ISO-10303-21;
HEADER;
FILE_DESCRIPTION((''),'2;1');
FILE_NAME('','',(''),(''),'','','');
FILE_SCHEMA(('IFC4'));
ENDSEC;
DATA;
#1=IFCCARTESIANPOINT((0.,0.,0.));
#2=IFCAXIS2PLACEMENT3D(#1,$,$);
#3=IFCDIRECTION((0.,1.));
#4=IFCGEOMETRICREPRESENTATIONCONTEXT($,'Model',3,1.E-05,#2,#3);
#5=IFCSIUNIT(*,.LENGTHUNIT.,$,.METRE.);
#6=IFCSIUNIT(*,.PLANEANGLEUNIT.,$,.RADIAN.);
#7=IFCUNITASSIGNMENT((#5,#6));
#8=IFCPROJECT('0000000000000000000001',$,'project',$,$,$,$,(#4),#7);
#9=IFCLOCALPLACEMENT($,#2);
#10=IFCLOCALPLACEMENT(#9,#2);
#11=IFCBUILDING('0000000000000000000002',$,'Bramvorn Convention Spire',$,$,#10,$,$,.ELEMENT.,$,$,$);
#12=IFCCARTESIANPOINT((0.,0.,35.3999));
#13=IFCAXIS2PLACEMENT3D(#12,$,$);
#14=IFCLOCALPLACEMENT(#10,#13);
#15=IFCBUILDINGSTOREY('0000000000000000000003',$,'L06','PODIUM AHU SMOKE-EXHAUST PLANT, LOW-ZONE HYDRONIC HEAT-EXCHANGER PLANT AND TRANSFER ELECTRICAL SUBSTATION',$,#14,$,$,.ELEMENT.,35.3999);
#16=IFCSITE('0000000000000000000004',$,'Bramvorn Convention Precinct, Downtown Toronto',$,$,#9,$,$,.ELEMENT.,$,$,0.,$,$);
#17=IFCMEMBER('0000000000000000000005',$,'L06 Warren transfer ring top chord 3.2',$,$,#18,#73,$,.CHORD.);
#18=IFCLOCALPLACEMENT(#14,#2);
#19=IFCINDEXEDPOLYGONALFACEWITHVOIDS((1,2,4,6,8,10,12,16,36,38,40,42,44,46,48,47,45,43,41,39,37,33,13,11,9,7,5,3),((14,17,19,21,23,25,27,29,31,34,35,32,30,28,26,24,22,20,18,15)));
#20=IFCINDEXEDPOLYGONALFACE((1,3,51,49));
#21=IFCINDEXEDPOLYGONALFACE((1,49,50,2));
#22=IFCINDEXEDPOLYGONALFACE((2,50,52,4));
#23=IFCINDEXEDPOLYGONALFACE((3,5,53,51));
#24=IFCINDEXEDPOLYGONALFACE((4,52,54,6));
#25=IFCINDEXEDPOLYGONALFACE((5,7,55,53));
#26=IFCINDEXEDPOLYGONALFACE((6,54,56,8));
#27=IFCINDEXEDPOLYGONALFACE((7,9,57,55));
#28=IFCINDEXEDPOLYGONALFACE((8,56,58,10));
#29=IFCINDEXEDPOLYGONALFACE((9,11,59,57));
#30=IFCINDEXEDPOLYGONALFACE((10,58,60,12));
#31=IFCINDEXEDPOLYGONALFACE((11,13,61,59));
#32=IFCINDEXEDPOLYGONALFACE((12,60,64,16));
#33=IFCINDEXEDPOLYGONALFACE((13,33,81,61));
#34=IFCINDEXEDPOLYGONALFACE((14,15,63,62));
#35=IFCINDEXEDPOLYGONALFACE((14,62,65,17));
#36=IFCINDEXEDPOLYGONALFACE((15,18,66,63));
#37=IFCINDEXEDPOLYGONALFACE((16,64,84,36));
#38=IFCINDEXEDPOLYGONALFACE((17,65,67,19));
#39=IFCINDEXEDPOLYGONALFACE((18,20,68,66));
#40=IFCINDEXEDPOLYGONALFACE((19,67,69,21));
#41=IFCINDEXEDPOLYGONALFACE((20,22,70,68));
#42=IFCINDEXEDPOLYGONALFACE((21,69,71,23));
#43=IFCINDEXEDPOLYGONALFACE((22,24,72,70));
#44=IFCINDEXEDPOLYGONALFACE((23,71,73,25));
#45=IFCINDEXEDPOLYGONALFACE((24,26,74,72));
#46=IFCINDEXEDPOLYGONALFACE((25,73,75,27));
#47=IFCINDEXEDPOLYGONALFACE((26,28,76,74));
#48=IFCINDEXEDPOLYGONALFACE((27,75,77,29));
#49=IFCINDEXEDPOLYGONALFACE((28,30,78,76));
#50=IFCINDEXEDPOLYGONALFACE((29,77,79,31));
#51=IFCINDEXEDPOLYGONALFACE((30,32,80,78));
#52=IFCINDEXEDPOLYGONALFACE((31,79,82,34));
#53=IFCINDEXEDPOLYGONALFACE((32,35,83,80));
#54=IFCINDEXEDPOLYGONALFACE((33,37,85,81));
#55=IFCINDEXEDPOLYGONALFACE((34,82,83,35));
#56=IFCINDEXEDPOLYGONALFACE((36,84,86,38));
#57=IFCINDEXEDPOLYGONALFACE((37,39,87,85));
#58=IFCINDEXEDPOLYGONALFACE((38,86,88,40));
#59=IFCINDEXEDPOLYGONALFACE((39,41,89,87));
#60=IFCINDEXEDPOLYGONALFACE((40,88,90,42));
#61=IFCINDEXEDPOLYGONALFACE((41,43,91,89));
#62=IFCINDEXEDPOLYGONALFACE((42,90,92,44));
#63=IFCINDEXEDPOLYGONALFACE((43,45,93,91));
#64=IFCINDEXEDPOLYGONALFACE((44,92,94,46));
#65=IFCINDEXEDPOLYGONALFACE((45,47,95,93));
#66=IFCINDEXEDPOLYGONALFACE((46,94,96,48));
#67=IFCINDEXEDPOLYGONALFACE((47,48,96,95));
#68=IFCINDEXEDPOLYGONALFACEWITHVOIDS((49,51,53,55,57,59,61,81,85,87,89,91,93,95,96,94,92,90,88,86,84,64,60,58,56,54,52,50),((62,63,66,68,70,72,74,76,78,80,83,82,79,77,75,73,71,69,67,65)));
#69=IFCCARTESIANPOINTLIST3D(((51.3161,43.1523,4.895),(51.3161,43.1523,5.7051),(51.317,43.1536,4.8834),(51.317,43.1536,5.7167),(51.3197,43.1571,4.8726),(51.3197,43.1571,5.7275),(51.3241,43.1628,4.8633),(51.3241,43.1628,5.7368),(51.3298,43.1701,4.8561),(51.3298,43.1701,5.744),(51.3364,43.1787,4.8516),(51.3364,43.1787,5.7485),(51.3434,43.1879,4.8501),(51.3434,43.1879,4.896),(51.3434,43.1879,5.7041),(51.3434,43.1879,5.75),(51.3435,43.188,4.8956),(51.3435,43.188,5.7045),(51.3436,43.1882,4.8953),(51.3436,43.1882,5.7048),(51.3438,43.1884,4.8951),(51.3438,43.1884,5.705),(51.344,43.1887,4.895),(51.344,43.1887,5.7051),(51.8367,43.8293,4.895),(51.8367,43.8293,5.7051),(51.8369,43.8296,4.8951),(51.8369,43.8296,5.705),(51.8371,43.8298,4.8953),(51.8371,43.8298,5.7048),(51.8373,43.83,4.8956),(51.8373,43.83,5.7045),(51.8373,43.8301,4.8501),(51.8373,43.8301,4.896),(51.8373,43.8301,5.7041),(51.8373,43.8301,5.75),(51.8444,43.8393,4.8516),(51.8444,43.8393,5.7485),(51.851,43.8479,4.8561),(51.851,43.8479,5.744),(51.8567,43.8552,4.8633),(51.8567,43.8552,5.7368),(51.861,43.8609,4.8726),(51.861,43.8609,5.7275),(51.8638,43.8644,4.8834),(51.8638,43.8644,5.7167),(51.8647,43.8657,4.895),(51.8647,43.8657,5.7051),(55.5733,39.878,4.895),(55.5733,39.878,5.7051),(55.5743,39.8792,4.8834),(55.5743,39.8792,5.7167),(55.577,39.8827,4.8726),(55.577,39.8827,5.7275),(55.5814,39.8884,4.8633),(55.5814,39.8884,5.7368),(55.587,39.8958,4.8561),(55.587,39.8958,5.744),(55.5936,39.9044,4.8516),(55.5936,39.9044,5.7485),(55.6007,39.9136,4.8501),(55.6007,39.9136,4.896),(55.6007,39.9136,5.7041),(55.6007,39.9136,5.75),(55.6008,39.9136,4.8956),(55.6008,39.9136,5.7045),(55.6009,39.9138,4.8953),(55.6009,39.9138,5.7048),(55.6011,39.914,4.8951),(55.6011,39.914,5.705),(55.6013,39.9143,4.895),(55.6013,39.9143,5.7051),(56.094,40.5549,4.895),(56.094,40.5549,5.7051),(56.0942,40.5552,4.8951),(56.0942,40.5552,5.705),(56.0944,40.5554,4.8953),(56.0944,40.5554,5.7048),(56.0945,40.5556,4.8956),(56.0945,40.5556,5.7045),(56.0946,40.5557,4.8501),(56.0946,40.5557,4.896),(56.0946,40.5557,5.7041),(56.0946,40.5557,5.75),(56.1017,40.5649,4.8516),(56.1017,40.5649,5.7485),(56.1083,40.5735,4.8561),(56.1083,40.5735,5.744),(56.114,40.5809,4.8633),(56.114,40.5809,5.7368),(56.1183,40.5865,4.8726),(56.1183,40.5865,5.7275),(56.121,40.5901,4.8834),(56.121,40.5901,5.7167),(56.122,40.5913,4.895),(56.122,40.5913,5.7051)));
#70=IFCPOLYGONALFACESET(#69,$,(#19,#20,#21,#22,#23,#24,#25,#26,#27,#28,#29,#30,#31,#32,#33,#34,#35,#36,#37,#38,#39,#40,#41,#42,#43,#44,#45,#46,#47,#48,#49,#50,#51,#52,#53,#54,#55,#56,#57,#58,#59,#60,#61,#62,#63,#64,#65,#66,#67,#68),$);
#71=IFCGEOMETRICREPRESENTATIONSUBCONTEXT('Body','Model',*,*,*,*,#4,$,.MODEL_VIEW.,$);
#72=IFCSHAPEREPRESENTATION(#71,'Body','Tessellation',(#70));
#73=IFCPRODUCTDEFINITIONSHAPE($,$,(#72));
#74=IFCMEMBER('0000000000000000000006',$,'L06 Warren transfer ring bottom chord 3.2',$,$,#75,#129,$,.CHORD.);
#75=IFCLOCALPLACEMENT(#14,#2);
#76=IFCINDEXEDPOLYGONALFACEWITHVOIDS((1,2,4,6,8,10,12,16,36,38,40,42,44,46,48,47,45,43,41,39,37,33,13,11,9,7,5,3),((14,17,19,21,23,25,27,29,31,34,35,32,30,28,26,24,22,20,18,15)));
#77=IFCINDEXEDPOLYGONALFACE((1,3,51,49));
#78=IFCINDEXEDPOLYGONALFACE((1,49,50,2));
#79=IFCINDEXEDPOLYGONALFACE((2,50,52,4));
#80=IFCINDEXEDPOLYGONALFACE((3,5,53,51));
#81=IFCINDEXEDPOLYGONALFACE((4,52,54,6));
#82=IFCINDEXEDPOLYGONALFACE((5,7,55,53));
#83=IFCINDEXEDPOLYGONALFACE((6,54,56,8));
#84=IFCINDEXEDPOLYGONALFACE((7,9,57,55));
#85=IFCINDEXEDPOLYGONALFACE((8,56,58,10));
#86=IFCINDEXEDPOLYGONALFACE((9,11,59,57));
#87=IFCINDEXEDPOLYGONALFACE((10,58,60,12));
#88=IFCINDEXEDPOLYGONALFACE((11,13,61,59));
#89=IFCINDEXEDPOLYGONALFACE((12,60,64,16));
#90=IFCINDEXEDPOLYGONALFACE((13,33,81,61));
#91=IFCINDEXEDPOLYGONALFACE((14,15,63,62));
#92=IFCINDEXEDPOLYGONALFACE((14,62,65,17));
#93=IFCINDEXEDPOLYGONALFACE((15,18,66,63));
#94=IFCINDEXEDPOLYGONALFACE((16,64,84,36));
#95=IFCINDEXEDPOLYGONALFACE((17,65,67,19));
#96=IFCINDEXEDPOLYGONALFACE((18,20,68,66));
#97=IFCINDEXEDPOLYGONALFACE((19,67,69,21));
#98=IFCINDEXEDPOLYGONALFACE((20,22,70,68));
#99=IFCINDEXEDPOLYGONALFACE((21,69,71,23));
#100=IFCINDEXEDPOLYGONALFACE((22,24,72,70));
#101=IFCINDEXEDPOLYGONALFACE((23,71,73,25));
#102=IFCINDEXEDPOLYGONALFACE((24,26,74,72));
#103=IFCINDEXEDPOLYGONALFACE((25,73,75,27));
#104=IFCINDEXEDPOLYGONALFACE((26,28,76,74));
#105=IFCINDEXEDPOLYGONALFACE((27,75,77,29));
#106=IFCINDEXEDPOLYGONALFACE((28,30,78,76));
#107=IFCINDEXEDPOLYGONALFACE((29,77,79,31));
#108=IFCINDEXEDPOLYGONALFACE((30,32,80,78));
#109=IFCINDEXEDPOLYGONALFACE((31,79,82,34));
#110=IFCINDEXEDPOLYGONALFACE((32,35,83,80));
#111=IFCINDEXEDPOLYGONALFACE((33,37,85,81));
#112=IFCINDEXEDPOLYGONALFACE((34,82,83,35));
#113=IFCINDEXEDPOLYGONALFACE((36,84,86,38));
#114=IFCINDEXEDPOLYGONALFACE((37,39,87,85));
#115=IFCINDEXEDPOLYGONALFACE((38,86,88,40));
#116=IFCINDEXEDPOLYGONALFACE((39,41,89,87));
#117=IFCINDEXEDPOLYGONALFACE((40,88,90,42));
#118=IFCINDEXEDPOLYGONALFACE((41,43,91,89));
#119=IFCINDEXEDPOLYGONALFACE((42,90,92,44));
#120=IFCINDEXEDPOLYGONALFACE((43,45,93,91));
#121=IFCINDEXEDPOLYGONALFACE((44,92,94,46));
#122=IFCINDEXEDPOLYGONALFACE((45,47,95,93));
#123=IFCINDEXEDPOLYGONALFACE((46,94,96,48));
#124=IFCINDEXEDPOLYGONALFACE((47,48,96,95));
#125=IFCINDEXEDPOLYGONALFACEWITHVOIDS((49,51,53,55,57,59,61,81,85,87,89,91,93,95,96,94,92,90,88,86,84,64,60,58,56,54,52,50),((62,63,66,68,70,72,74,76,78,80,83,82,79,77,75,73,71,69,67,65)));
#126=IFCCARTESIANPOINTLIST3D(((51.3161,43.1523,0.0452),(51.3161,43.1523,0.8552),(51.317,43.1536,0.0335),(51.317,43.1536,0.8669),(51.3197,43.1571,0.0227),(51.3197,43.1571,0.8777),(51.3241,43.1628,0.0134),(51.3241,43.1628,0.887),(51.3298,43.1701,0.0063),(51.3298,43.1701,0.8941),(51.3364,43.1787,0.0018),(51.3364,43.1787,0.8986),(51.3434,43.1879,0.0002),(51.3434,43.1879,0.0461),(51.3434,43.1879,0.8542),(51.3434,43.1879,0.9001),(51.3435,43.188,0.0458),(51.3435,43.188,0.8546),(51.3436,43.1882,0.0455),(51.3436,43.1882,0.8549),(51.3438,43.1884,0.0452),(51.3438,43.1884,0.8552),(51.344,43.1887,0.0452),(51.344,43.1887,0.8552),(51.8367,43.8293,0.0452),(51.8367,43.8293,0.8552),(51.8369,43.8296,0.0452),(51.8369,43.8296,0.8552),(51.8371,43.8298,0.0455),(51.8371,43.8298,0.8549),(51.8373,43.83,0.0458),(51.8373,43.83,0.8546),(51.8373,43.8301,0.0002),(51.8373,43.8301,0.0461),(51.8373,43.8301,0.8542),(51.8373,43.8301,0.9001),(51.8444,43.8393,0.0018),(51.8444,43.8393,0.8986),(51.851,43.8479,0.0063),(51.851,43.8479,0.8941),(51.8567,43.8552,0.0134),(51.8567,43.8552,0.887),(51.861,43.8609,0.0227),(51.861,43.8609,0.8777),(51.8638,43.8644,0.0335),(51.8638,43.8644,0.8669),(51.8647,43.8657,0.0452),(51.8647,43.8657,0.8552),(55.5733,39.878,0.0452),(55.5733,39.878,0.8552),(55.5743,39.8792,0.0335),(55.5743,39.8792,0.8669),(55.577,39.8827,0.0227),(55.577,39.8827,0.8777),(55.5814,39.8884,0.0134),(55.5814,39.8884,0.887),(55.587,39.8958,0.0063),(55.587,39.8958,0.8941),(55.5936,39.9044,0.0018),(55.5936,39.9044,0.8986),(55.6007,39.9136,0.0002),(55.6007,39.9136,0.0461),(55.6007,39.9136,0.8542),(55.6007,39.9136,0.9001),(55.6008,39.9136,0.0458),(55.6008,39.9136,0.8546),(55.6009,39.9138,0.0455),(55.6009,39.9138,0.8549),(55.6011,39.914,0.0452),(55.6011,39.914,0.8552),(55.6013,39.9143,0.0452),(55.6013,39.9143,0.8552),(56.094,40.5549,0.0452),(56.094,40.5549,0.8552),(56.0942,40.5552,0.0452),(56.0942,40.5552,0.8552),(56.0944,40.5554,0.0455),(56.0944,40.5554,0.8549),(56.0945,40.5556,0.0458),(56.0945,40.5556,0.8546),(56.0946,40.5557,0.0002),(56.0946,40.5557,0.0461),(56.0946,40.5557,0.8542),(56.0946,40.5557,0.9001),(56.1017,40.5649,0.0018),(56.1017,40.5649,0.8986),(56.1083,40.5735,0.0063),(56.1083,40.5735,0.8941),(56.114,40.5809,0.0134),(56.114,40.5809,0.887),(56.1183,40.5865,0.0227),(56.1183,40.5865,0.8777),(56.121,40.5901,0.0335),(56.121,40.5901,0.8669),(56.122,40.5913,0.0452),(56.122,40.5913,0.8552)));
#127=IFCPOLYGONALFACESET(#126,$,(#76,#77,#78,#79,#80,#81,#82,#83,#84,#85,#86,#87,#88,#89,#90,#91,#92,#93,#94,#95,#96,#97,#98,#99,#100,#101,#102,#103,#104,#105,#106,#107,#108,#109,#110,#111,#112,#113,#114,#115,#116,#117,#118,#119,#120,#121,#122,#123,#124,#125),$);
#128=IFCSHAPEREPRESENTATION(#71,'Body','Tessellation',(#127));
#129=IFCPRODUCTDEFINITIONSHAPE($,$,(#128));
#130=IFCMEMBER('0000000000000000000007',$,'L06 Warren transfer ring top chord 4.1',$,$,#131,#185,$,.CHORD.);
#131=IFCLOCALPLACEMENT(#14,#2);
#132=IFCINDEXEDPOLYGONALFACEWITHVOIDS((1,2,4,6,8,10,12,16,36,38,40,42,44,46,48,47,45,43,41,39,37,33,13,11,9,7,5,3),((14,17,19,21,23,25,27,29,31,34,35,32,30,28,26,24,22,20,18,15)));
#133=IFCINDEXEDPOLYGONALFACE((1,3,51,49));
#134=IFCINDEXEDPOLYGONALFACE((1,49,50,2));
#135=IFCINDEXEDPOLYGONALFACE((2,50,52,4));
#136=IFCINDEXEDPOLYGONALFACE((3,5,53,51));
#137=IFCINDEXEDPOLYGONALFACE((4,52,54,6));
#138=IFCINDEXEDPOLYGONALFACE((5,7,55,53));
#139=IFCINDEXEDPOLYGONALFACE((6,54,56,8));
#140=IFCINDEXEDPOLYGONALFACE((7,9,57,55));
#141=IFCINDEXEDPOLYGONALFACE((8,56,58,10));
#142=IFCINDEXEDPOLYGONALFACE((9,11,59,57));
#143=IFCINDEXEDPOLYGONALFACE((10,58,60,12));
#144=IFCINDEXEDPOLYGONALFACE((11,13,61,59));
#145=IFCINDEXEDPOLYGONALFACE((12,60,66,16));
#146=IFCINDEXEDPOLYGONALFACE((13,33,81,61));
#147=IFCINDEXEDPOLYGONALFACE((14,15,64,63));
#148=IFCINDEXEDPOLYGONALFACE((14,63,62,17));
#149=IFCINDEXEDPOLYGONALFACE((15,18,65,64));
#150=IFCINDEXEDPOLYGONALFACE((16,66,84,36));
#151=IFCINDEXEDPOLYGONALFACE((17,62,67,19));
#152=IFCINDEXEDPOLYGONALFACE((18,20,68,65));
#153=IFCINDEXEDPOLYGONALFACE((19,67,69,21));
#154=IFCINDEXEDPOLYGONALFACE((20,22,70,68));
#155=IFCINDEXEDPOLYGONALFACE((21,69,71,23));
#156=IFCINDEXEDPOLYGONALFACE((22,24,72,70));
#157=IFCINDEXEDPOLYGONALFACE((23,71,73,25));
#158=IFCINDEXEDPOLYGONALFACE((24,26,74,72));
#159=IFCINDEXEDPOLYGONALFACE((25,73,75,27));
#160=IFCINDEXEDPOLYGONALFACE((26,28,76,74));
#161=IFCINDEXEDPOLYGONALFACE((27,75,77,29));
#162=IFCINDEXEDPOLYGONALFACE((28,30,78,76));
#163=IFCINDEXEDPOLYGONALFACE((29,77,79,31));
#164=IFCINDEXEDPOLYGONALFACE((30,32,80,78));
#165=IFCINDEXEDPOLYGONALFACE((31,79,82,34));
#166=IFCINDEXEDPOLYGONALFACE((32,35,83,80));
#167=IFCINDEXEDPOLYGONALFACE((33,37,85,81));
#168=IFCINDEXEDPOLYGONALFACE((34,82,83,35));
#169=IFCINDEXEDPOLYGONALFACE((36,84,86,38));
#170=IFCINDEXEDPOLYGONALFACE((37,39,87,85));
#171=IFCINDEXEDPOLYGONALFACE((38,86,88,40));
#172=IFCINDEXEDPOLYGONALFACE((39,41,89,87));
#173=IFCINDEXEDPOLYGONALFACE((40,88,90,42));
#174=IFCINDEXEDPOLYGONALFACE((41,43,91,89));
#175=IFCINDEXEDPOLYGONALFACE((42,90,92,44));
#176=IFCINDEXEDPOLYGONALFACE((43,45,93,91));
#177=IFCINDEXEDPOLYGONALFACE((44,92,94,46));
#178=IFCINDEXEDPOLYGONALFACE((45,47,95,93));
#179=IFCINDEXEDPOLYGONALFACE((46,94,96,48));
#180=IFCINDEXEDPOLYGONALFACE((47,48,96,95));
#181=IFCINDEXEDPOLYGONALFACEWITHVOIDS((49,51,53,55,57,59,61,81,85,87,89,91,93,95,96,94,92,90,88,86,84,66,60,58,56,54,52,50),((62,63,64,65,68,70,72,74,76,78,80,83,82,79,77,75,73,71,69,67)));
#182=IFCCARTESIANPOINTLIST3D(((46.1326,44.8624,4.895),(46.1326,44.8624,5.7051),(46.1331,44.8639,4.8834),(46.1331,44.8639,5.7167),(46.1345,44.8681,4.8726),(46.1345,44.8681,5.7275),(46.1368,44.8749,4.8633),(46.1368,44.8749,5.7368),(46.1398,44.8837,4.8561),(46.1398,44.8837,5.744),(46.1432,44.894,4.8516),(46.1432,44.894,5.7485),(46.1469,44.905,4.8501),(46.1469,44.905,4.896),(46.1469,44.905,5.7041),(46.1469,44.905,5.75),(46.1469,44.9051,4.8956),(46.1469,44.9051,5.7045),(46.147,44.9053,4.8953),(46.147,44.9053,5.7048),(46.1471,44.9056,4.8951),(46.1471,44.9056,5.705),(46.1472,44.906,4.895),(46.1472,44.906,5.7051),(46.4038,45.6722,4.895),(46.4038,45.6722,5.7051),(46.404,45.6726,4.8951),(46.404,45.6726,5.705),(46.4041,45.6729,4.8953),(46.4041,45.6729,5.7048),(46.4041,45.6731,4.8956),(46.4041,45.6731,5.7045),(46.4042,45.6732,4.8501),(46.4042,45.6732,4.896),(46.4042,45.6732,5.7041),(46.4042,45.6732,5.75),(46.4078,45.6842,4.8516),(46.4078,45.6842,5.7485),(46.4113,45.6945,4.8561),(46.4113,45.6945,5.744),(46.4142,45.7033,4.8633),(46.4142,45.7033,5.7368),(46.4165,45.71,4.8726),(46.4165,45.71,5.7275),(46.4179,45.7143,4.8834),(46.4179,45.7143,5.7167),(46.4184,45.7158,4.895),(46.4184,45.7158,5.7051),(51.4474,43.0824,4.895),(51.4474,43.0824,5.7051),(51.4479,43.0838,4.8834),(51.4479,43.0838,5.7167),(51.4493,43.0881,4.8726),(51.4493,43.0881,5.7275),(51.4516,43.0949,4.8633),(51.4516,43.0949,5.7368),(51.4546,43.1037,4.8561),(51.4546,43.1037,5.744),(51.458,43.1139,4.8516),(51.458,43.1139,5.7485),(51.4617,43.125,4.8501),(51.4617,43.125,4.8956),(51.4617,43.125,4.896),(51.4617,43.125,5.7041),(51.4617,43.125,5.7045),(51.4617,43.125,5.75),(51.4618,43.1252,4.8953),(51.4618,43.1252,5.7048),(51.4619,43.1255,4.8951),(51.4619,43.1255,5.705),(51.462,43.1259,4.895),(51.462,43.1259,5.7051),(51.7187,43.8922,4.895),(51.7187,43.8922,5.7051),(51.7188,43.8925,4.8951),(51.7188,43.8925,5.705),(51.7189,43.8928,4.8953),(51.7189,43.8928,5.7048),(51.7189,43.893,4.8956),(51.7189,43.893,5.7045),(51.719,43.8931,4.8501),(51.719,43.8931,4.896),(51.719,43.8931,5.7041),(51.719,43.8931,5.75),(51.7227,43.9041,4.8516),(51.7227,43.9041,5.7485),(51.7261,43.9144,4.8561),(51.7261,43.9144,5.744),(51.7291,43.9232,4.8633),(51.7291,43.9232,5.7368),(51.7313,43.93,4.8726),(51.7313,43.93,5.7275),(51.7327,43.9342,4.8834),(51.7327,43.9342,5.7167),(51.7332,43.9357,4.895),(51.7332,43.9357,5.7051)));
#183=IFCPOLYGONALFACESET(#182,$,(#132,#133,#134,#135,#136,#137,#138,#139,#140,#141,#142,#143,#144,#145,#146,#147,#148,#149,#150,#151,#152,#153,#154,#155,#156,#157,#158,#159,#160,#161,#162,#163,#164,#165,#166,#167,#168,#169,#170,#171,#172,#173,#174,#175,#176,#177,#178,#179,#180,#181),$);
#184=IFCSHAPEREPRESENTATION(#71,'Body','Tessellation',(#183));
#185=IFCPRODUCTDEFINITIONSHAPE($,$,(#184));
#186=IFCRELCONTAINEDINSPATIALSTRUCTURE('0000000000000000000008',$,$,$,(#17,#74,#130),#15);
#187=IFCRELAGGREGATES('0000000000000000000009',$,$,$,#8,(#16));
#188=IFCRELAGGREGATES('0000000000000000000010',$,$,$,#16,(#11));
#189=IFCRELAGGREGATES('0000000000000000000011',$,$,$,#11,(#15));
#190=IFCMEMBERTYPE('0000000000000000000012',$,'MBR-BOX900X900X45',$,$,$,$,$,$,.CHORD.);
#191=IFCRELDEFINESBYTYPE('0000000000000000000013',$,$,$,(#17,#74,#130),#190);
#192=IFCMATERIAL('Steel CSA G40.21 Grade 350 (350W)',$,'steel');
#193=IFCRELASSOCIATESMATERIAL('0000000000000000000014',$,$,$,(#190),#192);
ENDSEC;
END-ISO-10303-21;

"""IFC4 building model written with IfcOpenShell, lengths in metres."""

from ifc_helpers import new_model, si_unit, direction, frame, origin, origin_2d, place, context, subcontext, project, spatial, hollow_rectangle, extrude, material, material_profile, profile_set, type_object, element, save


model = new_model("IFC4")

# Units and contexts
model_context = context("Model", 3, precision=1e-05, world=origin(), true_north=direction((0.0, 1.0)))
body_context = subcontext(model_context, "Body", "Model", "MODEL_VIEW")
ifc_project = project(units=[si_unit("LENGTHUNIT", "METRE"), si_unit("PLANEANGLEUNIT", "RADIAN")], contexts=[model_context])

# Site, building, storey
site_placement = place(None, origin())
site = spatial("IfcSite", under=ifc_project, at=site_placement, Name="Bramvorn Convention Precinct, Downtown Toronto", CompositionType="ELEMENT", RefElevation=0.0)
building_placement = place(site_placement, origin())
building = spatial("IfcBuilding", under=site, at=building_placement, Name="Bramvorn Convention Spire", CompositionType="ELEMENT")
storey_placement = place(building_placement, frame((0.0, 0.0, 35.3999)))
storey = spatial("IfcBuildingStorey", under=building, at=storey_placement, Name="L06", Description="PODIUM AHU SMOKE-EXHAUST PLANT, LOW-ZONE HYDRONIC HEAT-EXCHANGER PLANT AND TRANSFER ELECTRICAL SUBSTATION", CompositionType="ELEMENT", Elevation=35.3999)

# Shared definitions
ifc_material_1 = material(Name="Steel CSA G40.21 Grade 350 (350W)", Category="steel")

# Members
ifc_material_profile_1 = material_profile(ifc_material_1, hollow_rectangle(XDim=0.8999, YDim=0.8999, WallThickness=0.0449, InnerFilletRadius=0.001, OuterFilletRadius=0.0449, at=origin_2d()))
ifc_profile_set_1 = profile_set([ifc_material_profile_1], Name="Steel CSA G40.21 Grade 350 (350W) - BOX900X900X45")
member_type_1 = type_object("IfcMemberType", Name="MBR-BOX900X900X45", PredefinedType="CHORD", material=ifc_profile_set_1)
for number, where, z_axis, x_axis, name in (
    (1, (55.8477, 40.2346, 5.3), (-0.792665, 0.609658, 0.0), (-0.609658, -0.792665, 0.0), "L06 Warren transfer ring top chord 3.2"),
    (2, (55.8477, 40.2346, 0.4502), (-0.792665, 0.609658, 0.0), (-0.609658, -0.792665, 0.0), "L06 Warren transfer ring bottom chord 3.2"),
):
    element("IfcMember", number, at=place(storey_placement, frame(where, z_axis=z_axis, x_axis=x_axis)), inside=storey, type_object=member_type_1, Name=name, PredefinedType="CHORD", context=body_context, shape_type="SweptSolid", body=[
        extrude(hollow_rectangle(XDim=0.8999, YDim=0.8999, WallThickness=0.0449, InnerFilletRadius=0.001, OuterFilletRadius=0.0449, at=origin_2d()), origin(), (0.0, 0.0, 1.0), 5.3708),
    ])
for number, where, z_axis, x_axis, name in (
    (3, (51.5903, 43.509, 5.3), (-0.948229, 0.317586, 0.0), (-0.317586, -0.948229, 0.0), "L06 Warren transfer ring top chord 4.1"),
):
    element("IfcMember", number, at=place(storey_placement, frame(where, z_axis=z_axis, x_axis=x_axis)), inside=storey, type_object=member_type_1, Name=name, PredefinedType="CHORD", context=body_context, shape_type="SweptSolid", body=[
        extrude(hollow_rectangle(XDim=0.8999, YDim=0.8999, WallThickness=0.0449, InnerFilletRadius=0.001, OuterFilletRadius=0.0449, at=origin_2d()), origin(), (0.0, 0.0, 1.0), 5.605),
    ])

save(model, "model.ifc")
